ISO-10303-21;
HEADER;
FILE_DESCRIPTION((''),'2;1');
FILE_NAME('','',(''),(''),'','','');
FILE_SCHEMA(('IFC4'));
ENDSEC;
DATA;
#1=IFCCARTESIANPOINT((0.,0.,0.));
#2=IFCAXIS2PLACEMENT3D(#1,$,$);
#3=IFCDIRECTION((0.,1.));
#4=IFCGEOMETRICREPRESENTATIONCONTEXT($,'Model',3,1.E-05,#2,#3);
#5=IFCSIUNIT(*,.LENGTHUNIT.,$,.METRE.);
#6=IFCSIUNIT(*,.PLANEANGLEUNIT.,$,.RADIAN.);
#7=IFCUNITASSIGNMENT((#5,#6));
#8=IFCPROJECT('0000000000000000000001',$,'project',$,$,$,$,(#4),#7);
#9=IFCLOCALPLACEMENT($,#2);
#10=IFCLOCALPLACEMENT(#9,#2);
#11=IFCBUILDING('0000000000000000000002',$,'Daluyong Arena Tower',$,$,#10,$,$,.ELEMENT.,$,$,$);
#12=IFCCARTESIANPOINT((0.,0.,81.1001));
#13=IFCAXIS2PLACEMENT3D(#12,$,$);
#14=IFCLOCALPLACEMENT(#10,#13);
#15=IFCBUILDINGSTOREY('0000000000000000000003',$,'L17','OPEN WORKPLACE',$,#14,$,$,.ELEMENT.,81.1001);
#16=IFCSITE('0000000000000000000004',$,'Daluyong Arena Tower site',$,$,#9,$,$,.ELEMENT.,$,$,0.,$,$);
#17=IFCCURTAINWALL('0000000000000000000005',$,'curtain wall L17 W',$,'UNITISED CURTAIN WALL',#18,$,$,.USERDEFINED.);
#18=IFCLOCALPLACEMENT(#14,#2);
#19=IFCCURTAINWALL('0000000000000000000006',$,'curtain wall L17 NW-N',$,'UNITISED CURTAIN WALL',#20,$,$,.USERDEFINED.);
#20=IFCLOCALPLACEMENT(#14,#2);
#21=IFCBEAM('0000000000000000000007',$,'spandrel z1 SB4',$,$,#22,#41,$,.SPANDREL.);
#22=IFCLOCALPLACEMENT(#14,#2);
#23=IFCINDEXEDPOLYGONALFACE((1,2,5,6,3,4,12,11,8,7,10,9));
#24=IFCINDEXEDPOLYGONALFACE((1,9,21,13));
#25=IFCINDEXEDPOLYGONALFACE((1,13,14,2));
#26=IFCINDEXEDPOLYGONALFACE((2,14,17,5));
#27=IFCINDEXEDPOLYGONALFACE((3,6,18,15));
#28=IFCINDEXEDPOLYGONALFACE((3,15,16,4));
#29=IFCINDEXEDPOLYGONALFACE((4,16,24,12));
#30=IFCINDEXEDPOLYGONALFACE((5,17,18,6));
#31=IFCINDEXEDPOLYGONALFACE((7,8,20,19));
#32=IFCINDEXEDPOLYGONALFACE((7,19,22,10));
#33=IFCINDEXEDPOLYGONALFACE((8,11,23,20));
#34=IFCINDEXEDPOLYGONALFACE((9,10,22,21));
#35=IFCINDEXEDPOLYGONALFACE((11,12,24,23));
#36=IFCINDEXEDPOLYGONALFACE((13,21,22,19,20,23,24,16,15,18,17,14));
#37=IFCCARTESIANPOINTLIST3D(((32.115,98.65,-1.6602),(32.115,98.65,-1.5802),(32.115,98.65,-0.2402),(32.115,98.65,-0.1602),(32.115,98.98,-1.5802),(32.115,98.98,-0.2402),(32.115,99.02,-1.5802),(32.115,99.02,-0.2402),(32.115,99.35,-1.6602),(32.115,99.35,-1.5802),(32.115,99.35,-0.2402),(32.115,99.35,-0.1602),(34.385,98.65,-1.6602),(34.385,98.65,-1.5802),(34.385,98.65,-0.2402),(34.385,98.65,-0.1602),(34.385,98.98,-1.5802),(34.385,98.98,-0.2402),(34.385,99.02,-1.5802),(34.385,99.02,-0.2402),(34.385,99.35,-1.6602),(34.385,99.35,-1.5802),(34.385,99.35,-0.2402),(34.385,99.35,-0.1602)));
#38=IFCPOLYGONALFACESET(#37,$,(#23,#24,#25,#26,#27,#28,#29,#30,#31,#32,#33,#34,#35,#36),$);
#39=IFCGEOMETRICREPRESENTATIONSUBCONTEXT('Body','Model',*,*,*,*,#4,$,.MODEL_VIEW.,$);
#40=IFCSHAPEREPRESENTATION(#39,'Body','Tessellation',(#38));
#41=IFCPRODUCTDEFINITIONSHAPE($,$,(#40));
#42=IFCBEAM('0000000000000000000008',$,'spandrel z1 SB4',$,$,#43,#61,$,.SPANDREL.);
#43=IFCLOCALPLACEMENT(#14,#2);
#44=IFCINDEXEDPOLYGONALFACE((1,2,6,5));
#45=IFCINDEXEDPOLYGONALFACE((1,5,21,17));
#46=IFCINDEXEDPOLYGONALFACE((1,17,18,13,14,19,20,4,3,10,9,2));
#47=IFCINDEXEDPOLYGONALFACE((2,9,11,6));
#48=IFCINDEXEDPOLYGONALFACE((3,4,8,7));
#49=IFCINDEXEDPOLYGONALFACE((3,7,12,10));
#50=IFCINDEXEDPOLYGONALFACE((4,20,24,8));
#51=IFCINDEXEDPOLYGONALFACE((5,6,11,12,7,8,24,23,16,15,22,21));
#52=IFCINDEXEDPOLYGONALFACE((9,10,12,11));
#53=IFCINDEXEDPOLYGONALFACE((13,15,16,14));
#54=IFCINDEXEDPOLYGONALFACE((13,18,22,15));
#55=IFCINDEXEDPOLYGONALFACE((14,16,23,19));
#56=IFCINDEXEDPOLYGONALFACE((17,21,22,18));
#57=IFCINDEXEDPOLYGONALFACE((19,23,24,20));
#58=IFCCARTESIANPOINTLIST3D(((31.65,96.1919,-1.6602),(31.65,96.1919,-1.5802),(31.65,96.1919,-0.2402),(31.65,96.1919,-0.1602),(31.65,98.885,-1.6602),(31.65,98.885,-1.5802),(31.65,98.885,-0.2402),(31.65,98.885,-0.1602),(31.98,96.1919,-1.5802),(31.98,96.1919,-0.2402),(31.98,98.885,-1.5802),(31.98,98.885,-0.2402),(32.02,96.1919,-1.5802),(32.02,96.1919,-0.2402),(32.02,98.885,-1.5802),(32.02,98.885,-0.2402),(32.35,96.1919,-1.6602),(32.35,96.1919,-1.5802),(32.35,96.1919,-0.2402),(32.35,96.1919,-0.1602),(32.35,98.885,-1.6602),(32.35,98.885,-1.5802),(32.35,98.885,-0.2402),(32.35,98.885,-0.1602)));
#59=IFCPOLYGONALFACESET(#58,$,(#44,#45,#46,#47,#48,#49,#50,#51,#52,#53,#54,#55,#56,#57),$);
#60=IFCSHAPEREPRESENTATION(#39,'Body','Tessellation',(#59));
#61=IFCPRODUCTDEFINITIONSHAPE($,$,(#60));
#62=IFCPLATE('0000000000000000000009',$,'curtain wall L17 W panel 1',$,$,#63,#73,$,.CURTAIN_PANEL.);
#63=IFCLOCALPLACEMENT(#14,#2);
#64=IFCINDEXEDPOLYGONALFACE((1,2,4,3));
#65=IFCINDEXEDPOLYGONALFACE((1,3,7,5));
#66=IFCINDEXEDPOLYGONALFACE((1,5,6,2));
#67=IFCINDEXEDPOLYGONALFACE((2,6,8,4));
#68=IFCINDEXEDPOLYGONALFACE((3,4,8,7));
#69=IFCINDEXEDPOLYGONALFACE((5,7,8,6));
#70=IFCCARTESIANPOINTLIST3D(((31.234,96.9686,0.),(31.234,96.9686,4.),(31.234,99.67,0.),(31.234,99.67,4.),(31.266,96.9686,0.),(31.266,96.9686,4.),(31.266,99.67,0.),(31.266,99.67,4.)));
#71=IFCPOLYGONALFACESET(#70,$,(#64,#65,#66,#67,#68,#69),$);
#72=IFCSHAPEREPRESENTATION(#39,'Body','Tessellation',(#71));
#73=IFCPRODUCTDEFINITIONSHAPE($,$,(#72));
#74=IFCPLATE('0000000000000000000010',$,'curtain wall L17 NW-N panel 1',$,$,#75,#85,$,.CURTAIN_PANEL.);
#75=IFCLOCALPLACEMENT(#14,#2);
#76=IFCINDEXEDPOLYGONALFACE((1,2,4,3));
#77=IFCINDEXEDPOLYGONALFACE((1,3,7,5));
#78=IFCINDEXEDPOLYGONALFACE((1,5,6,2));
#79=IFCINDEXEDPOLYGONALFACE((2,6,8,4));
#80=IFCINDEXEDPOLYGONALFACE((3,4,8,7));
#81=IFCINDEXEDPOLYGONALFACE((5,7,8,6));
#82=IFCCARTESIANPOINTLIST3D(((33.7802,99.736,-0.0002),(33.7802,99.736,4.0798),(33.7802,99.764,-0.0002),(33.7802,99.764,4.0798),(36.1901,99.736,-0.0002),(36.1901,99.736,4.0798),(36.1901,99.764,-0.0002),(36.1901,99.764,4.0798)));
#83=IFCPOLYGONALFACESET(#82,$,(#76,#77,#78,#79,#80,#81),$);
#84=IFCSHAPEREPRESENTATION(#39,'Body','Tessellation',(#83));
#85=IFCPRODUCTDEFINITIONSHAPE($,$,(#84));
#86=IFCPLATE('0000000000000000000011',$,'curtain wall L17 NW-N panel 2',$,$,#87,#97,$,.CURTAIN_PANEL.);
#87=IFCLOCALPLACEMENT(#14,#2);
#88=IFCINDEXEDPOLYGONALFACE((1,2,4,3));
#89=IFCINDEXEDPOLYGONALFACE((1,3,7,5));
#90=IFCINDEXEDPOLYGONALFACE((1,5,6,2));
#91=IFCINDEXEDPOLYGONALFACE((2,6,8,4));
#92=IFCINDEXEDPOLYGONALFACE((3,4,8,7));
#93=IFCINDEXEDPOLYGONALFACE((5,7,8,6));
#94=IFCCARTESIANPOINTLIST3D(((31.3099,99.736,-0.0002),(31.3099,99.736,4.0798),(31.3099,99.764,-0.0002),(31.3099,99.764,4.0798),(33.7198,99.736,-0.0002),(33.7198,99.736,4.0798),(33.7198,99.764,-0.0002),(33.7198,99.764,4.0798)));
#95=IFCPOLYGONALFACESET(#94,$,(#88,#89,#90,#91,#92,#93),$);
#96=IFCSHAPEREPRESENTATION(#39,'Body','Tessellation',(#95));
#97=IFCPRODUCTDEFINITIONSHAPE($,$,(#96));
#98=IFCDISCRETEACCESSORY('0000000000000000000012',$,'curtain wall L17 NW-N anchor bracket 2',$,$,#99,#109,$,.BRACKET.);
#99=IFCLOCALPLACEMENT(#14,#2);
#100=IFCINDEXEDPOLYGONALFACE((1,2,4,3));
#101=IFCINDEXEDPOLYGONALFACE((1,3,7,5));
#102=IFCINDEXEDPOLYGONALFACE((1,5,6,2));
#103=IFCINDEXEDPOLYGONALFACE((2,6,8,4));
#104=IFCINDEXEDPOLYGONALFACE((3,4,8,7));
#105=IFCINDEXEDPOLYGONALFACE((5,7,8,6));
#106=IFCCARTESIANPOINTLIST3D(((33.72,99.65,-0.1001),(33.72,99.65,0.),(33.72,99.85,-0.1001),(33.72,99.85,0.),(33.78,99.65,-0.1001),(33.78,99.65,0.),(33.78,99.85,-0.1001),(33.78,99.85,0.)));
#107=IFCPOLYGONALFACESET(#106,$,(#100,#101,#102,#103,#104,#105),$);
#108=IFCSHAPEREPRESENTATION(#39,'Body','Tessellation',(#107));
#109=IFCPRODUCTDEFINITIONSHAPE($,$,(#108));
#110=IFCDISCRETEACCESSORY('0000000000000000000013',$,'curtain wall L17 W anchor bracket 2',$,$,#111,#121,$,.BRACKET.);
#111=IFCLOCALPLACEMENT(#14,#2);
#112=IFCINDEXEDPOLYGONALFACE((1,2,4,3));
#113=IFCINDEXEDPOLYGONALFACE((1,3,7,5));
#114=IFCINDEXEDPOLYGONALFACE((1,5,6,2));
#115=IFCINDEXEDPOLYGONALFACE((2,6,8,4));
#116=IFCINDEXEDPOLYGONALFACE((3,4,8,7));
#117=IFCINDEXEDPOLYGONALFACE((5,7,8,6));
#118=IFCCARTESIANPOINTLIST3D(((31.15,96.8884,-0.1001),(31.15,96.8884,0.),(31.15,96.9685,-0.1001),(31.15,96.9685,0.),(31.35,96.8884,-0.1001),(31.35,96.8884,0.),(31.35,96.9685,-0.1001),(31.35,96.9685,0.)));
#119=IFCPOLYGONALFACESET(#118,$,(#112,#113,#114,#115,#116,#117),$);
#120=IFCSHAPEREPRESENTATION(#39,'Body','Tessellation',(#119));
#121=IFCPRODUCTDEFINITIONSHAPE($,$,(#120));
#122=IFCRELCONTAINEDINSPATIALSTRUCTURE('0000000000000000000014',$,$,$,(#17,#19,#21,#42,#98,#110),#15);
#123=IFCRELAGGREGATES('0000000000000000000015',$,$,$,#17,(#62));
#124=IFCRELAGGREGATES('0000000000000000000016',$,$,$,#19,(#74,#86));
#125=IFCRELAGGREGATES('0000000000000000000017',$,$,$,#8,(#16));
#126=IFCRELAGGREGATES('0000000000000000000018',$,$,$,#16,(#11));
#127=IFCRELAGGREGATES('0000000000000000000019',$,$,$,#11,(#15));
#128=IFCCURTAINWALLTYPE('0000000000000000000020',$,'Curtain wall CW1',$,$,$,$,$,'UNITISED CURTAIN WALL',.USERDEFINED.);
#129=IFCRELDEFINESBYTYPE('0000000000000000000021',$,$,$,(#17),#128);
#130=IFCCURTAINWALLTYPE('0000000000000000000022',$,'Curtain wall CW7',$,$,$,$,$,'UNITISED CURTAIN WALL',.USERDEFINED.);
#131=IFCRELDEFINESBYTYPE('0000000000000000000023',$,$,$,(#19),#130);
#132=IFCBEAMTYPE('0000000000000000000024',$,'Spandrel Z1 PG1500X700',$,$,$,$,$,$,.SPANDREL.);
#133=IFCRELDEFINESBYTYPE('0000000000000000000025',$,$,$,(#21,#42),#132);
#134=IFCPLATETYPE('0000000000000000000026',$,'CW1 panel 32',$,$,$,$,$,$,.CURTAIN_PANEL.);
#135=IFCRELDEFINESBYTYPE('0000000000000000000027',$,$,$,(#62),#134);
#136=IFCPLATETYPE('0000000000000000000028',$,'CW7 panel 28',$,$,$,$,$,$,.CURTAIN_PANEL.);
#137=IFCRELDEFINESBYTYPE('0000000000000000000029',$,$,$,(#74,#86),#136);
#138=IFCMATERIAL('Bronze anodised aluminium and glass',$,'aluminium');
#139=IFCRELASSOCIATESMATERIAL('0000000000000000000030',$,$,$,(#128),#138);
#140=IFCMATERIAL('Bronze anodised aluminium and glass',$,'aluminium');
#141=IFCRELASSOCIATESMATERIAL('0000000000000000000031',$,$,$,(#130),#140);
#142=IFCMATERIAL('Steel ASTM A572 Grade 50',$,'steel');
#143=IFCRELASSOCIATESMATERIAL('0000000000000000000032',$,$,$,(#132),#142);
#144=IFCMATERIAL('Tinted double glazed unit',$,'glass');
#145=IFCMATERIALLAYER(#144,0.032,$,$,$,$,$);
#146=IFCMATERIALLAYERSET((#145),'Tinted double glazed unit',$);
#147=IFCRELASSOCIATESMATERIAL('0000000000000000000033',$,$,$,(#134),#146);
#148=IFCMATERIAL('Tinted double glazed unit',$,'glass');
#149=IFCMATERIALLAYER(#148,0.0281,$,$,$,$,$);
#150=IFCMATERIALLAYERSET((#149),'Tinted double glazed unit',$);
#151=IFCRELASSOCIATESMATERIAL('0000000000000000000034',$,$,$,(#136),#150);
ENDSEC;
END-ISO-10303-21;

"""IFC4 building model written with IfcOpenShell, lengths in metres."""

from ifc_helpers import new_model, si_unit, direction, frame, origin, origin_2d, place, context, subcontext, project, spatial, rectangle, i_section, extrude, material, layer, layer_set, material_profile, profile_set, type_object, element, aggregate, save


model = new_model("IFC4")

# Units and contexts
model_context = context("Model", 3, precision=1e-05, world=origin(), true_north=direction((0.0, 1.0)))
body_context = subcontext(model_context, "Body", "Model", "MODEL_VIEW")
ifc_project = project(units=[si_unit("LENGTHUNIT", "METRE"), si_unit("PLANEANGLEUNIT", "RADIAN")], contexts=[model_context])

# Site, building, storey
site_placement = place(None, origin())
site = spatial("IfcSite", under=ifc_project, at=site_placement, Name="Daluyong Arena Tower site", CompositionType="ELEMENT", RefElevation=0.0)
building_placement = place(site_placement, origin())
building = spatial("IfcBuilding", under=site, at=building_placement, Name="Daluyong Arena Tower", CompositionType="ELEMENT")
storey_placement = place(building_placement, frame((0.0, 0.0, 81.1001)))
storey = spatial("IfcBuildingStorey", under=building, at=storey_placement, Name="L17", Description="OPEN WORKPLACE", CompositionType="ELEMENT", Elevation=81.1001)

# Curtain walls
ifc_material_1 = material(Name="Bronze anodised aluminium and glass", Category="aluminium")
curtain_wall_type_1 = type_object("IfcCurtainWallType", Name="Curtain wall CW1", ElementType="UNITISED CURTAIN WALL", PredefinedType="USERDEFINED", material=ifc_material_1)
curtain_wall_1_placement = place(storey_placement, origin())
curtain_wall_1 = element("IfcCurtainWall", 1, at=curtain_wall_1_placement, inside=storey, type_object=curtain_wall_type_1, Name="curtain wall L17 W", ObjectType="UNITISED CURTAIN WALL", PredefinedType="USERDEFINED")
ifc_material_2 = material(Name="Bronze anodised aluminium and glass", Category="aluminium")
curtain_wall_type_2 = type_object("IfcCurtainWallType", Name="Curtain wall CW7", ElementType="UNITISED CURTAIN WALL", PredefinedType="USERDEFINED", material=ifc_material_2)
curtain_wall_2_placement = place(storey_placement, origin())
curtain_wall_2 = element("IfcCurtainWall", 2, at=curtain_wall_2_placement, inside=storey, type_object=curtain_wall_type_2, Name="curtain wall L17 NW-N", ObjectType="UNITISED CURTAIN WALL", PredefinedType="USERDEFINED")

# Beams
ifc_material_3 = material(Name="Steel ASTM A572 Grade 50", Category="steel")
ifc_material_profile_1 = material_profile(ifc_material_3, i_section(OverallWidth=0.7, OverallDepth=1.5, WebThickness=0.04, FlangeThickness=0.08, at=origin_2d()))
ifc_profile_set_1 = profile_set([ifc_material_profile_1], Name="Steel ASTM A572 Grade 50")
beam_type = type_object("IfcBeamType", Name="Spandrel Z1 PG1500X700", PredefinedType="SPANDREL", material=ifc_profile_set_1)
beam_1_placement = place(storey_placement, frame((34.385, 99.0, -0.9102), z_axis=(-1.0, 0.0, 0.0), x_axis=(0.0, -1.0, 0.0)))
element("IfcBeam", 3, at=beam_1_placement, inside=storey, type_object=beam_type, Name="spandrel z1 SB4", PredefinedType="SPANDREL", context=body_context, shape_type="SweptSolid", body=[
    extrude(i_section(OverallWidth=0.7, OverallDepth=1.5, WebThickness=0.04, FlangeThickness=0.08, at=origin_2d()), origin(), (0.0, 0.0, 1.0), 2.27),
])
beam_2_placement = place(storey_placement, frame((32.0, 98.885, -0.9102), z_axis=(0.0, -1.0, 0.0), x_axis=(1.0, 0.0, 0.0)))
element("IfcBeam", 4, at=beam_2_placement, inside=storey, type_object=beam_type, Name="spandrel z1 SB4", PredefinedType="SPANDREL", context=body_context, shape_type="SweptSolid", body=[
    extrude(i_section(OverallWidth=0.7, OverallDepth=1.5, WebThickness=0.04, FlangeThickness=0.08, at=origin_2d()), origin(), (0.0, 0.0, 1.0), 2.6931),
])

# Plates
ifc_material_4 = material(Name="Tinted double glazed unit", Category="glass")
ifc_layer_1 = layer(ifc_material_4, 0.032)
ifc_layer_set_1 = layer_set([ifc_layer_1], Name="Tinted double glazed unit")
plate_type_1 = type_object("IfcPlateType", Name="CW1 panel 32", PredefinedType="CURTAIN_PANEL", material=ifc_layer_set_1)
plate_1_placement = place(storey_placement, frame((31.25, 98.3193, 0.0), z_axis=(0.0, 0.0, 1.0), x_axis=(0.0, -1.0, 0.0)))
plate_1 = element("IfcPlate", 5, at=plate_1_placement, type_object=plate_type_1, Name="curtain wall L17 W panel 1", PredefinedType="CURTAIN_PANEL", context=body_context, shape_type="SweptSolid", body=[
    extrude(rectangle(XDim=2.7014, YDim=0.032, at=origin_2d()), origin(), (0.0, 0.0, 1.0), 4.0),
])
aggregate(curtain_wall_1, [plate_1])
ifc_material_5 = material(Name="Tinted double glazed unit", Category="glass")
ifc_layer_2 = layer(ifc_material_5, 0.0281)
ifc_layer_set_2 = layer_set([ifc_layer_2], Name="Tinted double glazed unit")
plate_type_2 = type_object("IfcPlateType", Name="CW7 panel 28", PredefinedType="CURTAIN_PANEL", material=ifc_layer_set_2)
plate_2_placement = place(storey_placement, frame((34.9851, 99.75, -0.0002), z_axis=(0.0, 0.0, 1.0), x_axis=(-1.0, 0.0, 0.0)))
plate_2 = element("IfcPlate", 6, at=plate_2_placement, type_object=plate_type_2, Name="curtain wall L17 NW-N panel 1", PredefinedType="CURTAIN_PANEL", context=body_context, shape_type="SweptSolid", body=[
    extrude(rectangle(XDim=2.4099, YDim=0.0281, at=origin_2d()), origin(), (0.0, 0.0, 1.0), 4.0801),
])
plate_3_placement = place(storey_placement, frame((32.5149, 99.75, -0.0002), z_axis=(0.0, 0.0, 1.0), x_axis=(-1.0, 0.0, 0.0)))
plate_3 = element("IfcPlate", 7, at=plate_3_placement, type_object=plate_type_2, Name="curtain wall L17 NW-N panel 2", PredefinedType="CURTAIN_PANEL", context=body_context, shape_type="SweptSolid", body=[
    extrude(rectangle(XDim=2.4099, YDim=0.0281, at=origin_2d()), origin(), (0.0, 0.0, 1.0), 4.0801),
])
aggregate(curtain_wall_2, [plate_2, plate_3])

# Discrete accessories
discrete_accessory_1_placement = place(storey_placement, frame((33.75, 99.75, -0.1001), z_axis=(0.0, 0.0, 1.0), x_axis=(-1.0, 0.0, 0.0)))
element("IfcDiscreteAccessory", 8, at=discrete_accessory_1_placement, inside=storey, Name="curtain wall L17 NW-N anchor bracket 2", PredefinedType="BRACKET", context=body_context, shape_type="SweptSolid", body=[
    extrude(rectangle(XDim=0.0601, YDim=0.2, at=origin_2d()), origin(), (0.0, 0.0, 1.0), 0.1001),
])
discrete_accessory_2_placement = place(storey_placement, frame((31.25, 96.9285, -0.1001), z_axis=(0.0, 0.0, 1.0), x_axis=(0.0, -1.0, 0.0)))
element("IfcDiscreteAccessory", 9, at=discrete_accessory_2_placement, inside=storey, Name="curtain wall L17 W anchor bracket 2", PredefinedType="BRACKET", context=body_context, shape_type="SweptSolid", body=[
    extrude(rectangle(XDim=0.0801, YDim=0.2, at=origin_2d()), origin(), (0.0, 0.0, 1.0), 0.1001),
])

save(model, "model.ifc")
